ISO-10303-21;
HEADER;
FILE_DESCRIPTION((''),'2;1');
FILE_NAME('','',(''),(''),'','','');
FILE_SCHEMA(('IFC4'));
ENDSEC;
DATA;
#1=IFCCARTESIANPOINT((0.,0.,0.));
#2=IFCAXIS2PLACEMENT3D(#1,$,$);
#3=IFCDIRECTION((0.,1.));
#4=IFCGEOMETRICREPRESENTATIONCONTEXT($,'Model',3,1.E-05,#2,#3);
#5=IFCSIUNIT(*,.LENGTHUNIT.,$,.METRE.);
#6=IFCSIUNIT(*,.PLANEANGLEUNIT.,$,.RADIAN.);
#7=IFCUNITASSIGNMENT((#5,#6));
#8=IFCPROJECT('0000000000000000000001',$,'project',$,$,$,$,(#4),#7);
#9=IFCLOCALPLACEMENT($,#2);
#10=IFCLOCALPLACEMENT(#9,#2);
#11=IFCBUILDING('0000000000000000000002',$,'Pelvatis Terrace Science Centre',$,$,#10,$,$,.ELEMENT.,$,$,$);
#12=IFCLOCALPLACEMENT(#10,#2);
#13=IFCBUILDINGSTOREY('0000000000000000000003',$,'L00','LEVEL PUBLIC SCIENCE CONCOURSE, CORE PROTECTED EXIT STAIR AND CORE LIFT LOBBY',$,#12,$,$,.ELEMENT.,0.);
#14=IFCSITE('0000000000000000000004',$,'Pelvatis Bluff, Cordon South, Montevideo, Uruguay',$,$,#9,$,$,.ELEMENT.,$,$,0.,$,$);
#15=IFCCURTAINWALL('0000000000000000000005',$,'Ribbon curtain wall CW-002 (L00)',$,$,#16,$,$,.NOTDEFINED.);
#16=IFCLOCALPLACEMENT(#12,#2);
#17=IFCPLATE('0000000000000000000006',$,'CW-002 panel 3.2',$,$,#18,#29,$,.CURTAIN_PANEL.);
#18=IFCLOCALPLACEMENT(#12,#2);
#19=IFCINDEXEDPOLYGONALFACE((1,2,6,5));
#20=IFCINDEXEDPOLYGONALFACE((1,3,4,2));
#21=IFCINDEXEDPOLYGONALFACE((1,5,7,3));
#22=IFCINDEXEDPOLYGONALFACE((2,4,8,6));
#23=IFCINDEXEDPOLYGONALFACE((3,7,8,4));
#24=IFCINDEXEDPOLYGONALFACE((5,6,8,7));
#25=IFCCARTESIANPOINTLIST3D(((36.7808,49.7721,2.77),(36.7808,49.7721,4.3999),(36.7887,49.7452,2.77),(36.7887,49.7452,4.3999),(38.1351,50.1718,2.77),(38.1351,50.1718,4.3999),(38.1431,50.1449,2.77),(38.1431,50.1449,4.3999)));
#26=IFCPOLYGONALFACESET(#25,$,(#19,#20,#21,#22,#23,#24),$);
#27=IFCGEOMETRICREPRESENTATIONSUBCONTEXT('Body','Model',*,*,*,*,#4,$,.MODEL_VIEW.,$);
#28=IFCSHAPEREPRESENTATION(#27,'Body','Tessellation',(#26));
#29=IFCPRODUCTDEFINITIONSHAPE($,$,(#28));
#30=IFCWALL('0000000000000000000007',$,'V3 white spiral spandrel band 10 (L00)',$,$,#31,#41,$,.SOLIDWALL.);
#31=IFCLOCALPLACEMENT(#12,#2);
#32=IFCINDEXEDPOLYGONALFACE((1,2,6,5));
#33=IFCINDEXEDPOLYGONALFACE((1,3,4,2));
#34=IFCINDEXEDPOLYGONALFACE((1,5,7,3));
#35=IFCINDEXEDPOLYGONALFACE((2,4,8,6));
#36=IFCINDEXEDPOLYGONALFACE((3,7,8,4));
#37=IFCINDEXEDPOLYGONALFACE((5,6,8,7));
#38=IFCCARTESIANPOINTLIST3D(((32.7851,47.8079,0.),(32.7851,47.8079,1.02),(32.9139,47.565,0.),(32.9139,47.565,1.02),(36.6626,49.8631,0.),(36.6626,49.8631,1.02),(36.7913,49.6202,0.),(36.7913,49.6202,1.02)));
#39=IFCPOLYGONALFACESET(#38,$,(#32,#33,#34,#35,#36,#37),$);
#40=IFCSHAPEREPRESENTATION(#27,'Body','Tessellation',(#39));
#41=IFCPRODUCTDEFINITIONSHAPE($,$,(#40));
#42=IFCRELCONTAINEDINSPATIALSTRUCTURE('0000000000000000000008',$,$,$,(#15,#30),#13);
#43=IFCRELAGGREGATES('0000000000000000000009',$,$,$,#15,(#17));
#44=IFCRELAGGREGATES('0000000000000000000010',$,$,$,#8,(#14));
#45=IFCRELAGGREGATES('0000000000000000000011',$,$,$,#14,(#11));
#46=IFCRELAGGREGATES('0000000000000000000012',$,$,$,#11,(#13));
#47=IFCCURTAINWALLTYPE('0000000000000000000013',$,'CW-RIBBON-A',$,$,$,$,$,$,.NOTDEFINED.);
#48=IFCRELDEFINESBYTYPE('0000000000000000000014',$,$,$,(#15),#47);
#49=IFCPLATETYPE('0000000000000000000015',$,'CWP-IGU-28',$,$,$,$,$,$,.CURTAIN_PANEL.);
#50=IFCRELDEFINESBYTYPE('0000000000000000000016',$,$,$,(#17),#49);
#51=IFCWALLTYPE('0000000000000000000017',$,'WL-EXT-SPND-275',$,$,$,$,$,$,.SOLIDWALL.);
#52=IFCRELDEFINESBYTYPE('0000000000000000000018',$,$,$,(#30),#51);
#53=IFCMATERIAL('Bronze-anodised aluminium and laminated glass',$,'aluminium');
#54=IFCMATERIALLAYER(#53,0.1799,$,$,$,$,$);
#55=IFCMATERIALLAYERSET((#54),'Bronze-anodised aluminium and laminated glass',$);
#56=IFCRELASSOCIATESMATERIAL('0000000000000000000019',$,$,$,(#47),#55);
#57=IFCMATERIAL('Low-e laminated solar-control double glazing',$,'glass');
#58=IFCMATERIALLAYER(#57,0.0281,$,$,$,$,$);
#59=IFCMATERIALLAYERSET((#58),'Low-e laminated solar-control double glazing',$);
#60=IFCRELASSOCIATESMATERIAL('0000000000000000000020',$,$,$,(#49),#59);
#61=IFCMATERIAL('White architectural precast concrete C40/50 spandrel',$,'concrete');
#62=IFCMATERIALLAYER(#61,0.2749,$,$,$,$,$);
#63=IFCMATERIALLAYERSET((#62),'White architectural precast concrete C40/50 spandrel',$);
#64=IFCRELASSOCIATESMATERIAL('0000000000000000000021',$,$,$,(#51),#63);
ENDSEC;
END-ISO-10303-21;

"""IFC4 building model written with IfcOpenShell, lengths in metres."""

from ifc_helpers import new_model, si_unit, direction, frame, frame_2d, origin, origin_2d, place, context, subcontext, project, spatial, rectangle, extrude, material, layer, layer_set, type_object, element, aggregate, save


model = new_model("IFC4")

# Units and contexts
model_context = context("Model", 3, precision=1e-05, world=origin(), true_north=direction((0.0, 1.0)))
body_context = subcontext(model_context, "Body", "Model", "MODEL_VIEW")
ifc_project = project(units=[si_unit("LENGTHUNIT", "METRE"), si_unit("PLANEANGLEUNIT", "RADIAN")], contexts=[model_context])

# Site, building, storey
site_placement = place(None, origin())
site = spatial("IfcSite", under=ifc_project, at=site_placement, Name="Pelvatis Bluff, Cordon South, Montevideo, Uruguay", CompositionType="ELEMENT", RefElevation=0.0)
building_placement = place(site_placement, origin())
building = spatial("IfcBuilding", under=site, at=building_placement, Name="Pelvatis Terrace Science Centre", CompositionType="ELEMENT")
storey_placement = place(building_placement, origin())
storey = spatial("IfcBuildingStorey", under=building, at=storey_placement, Name="L00", Description="LEVEL PUBLIC SCIENCE CONCOURSE, CORE PROTECTED EXIT STAIR AND CORE LIFT LOBBY", CompositionType="ELEMENT", Elevation=0.0)

# Curtain wall
ifc_material_1 = material(Name="Bronze-anodised aluminium and laminated glass", Category="aluminium")
ifc_layer_1 = layer(ifc_material_1, 0.1799)
ifc_layer_set_1 = layer_set([ifc_layer_1], Name="Bronze-anodised aluminium and laminated glass")
curtain_wall_type = type_object("IfcCurtainWallType", Name="CW-RIBBON-A", PredefinedType="NOTDEFINED", material=ifc_layer_set_1)
curtain_wall_placement = place(storey_placement, origin())
curtain_wall = element("IfcCurtainWall", 1, at=curtain_wall_placement, inside=storey, type_object=curtain_wall_type, Name="Ribbon curtain wall CW-002 (L00)", PredefinedType="NOTDEFINED")

# Plate
ifc_material_2 = material(Name="Low-e laminated solar-control double glazing", Category="glass")
ifc_layer_2 = layer(ifc_material_2, 0.0281)
ifc_layer_set_2 = layer_set([ifc_layer_2], Name="Low-e laminated solar-control double glazing")
plate_type = type_object("IfcPlateType", Name="CWP-IGU-28", PredefinedType="CURTAIN_PANEL", material=ifc_layer_set_2)
plate_1_placement = place(storey_placement, frame((37.4619, 49.9585, 2.77), z_axis=(0.0, 0.0, 1.0), x_axis=(-0.959093, -0.283092, 0.0)))
plate_1 = element("IfcPlate", 2, at=plate_1_placement, type_object=plate_type, Name="CW-002 panel 3.2", PredefinedType="CURTAIN_PANEL", context=body_context, shape_type="SweptSolid", body=[
    extrude(rectangle(XDim=1.4121, YDim=0.0281, at=origin_2d()), origin(), (0.0, 0.0, 1.0), 1.6299),
])
aggregate(curtain_wall, [plate_1])

# Wall
ifc_material_3 = material(Name="White architectural precast concrete C40/50 spandrel", Category="concrete")
ifc_layer_3 = layer(ifc_material_3, 0.2749)
ifc_layer_set_3 = layer_set([ifc_layer_3], Name="White architectural precast concrete C40/50 spandrel")
wall_type = type_object("IfcWallType", Name="WL-EXT-SPND-275", PredefinedType="SOLIDWALL", material=ifc_layer_set_3)
wall_placement = place(storey_placement, frame((36.7271, 49.7417, 0.0), z_axis=(0.0, 0.0, 1.0), x_axis=(-0.88356, -0.468317, 0.0)))
element("IfcWall", 3, at=wall_placement, inside=storey, type_object=wall_type, Name="V3 white spiral spandrel band 10 (L00)", PredefinedType="SOLIDWALL", context=body_context, shape_type="SweptSolid", body=[
    extrude(rectangle(XDim=4.3884, YDim=0.2749, at=frame_2d((2.1943, 0.0))), origin(), (0.0, 0.0, 1.0), 1.02),
])

save(model, "model.ifc")
